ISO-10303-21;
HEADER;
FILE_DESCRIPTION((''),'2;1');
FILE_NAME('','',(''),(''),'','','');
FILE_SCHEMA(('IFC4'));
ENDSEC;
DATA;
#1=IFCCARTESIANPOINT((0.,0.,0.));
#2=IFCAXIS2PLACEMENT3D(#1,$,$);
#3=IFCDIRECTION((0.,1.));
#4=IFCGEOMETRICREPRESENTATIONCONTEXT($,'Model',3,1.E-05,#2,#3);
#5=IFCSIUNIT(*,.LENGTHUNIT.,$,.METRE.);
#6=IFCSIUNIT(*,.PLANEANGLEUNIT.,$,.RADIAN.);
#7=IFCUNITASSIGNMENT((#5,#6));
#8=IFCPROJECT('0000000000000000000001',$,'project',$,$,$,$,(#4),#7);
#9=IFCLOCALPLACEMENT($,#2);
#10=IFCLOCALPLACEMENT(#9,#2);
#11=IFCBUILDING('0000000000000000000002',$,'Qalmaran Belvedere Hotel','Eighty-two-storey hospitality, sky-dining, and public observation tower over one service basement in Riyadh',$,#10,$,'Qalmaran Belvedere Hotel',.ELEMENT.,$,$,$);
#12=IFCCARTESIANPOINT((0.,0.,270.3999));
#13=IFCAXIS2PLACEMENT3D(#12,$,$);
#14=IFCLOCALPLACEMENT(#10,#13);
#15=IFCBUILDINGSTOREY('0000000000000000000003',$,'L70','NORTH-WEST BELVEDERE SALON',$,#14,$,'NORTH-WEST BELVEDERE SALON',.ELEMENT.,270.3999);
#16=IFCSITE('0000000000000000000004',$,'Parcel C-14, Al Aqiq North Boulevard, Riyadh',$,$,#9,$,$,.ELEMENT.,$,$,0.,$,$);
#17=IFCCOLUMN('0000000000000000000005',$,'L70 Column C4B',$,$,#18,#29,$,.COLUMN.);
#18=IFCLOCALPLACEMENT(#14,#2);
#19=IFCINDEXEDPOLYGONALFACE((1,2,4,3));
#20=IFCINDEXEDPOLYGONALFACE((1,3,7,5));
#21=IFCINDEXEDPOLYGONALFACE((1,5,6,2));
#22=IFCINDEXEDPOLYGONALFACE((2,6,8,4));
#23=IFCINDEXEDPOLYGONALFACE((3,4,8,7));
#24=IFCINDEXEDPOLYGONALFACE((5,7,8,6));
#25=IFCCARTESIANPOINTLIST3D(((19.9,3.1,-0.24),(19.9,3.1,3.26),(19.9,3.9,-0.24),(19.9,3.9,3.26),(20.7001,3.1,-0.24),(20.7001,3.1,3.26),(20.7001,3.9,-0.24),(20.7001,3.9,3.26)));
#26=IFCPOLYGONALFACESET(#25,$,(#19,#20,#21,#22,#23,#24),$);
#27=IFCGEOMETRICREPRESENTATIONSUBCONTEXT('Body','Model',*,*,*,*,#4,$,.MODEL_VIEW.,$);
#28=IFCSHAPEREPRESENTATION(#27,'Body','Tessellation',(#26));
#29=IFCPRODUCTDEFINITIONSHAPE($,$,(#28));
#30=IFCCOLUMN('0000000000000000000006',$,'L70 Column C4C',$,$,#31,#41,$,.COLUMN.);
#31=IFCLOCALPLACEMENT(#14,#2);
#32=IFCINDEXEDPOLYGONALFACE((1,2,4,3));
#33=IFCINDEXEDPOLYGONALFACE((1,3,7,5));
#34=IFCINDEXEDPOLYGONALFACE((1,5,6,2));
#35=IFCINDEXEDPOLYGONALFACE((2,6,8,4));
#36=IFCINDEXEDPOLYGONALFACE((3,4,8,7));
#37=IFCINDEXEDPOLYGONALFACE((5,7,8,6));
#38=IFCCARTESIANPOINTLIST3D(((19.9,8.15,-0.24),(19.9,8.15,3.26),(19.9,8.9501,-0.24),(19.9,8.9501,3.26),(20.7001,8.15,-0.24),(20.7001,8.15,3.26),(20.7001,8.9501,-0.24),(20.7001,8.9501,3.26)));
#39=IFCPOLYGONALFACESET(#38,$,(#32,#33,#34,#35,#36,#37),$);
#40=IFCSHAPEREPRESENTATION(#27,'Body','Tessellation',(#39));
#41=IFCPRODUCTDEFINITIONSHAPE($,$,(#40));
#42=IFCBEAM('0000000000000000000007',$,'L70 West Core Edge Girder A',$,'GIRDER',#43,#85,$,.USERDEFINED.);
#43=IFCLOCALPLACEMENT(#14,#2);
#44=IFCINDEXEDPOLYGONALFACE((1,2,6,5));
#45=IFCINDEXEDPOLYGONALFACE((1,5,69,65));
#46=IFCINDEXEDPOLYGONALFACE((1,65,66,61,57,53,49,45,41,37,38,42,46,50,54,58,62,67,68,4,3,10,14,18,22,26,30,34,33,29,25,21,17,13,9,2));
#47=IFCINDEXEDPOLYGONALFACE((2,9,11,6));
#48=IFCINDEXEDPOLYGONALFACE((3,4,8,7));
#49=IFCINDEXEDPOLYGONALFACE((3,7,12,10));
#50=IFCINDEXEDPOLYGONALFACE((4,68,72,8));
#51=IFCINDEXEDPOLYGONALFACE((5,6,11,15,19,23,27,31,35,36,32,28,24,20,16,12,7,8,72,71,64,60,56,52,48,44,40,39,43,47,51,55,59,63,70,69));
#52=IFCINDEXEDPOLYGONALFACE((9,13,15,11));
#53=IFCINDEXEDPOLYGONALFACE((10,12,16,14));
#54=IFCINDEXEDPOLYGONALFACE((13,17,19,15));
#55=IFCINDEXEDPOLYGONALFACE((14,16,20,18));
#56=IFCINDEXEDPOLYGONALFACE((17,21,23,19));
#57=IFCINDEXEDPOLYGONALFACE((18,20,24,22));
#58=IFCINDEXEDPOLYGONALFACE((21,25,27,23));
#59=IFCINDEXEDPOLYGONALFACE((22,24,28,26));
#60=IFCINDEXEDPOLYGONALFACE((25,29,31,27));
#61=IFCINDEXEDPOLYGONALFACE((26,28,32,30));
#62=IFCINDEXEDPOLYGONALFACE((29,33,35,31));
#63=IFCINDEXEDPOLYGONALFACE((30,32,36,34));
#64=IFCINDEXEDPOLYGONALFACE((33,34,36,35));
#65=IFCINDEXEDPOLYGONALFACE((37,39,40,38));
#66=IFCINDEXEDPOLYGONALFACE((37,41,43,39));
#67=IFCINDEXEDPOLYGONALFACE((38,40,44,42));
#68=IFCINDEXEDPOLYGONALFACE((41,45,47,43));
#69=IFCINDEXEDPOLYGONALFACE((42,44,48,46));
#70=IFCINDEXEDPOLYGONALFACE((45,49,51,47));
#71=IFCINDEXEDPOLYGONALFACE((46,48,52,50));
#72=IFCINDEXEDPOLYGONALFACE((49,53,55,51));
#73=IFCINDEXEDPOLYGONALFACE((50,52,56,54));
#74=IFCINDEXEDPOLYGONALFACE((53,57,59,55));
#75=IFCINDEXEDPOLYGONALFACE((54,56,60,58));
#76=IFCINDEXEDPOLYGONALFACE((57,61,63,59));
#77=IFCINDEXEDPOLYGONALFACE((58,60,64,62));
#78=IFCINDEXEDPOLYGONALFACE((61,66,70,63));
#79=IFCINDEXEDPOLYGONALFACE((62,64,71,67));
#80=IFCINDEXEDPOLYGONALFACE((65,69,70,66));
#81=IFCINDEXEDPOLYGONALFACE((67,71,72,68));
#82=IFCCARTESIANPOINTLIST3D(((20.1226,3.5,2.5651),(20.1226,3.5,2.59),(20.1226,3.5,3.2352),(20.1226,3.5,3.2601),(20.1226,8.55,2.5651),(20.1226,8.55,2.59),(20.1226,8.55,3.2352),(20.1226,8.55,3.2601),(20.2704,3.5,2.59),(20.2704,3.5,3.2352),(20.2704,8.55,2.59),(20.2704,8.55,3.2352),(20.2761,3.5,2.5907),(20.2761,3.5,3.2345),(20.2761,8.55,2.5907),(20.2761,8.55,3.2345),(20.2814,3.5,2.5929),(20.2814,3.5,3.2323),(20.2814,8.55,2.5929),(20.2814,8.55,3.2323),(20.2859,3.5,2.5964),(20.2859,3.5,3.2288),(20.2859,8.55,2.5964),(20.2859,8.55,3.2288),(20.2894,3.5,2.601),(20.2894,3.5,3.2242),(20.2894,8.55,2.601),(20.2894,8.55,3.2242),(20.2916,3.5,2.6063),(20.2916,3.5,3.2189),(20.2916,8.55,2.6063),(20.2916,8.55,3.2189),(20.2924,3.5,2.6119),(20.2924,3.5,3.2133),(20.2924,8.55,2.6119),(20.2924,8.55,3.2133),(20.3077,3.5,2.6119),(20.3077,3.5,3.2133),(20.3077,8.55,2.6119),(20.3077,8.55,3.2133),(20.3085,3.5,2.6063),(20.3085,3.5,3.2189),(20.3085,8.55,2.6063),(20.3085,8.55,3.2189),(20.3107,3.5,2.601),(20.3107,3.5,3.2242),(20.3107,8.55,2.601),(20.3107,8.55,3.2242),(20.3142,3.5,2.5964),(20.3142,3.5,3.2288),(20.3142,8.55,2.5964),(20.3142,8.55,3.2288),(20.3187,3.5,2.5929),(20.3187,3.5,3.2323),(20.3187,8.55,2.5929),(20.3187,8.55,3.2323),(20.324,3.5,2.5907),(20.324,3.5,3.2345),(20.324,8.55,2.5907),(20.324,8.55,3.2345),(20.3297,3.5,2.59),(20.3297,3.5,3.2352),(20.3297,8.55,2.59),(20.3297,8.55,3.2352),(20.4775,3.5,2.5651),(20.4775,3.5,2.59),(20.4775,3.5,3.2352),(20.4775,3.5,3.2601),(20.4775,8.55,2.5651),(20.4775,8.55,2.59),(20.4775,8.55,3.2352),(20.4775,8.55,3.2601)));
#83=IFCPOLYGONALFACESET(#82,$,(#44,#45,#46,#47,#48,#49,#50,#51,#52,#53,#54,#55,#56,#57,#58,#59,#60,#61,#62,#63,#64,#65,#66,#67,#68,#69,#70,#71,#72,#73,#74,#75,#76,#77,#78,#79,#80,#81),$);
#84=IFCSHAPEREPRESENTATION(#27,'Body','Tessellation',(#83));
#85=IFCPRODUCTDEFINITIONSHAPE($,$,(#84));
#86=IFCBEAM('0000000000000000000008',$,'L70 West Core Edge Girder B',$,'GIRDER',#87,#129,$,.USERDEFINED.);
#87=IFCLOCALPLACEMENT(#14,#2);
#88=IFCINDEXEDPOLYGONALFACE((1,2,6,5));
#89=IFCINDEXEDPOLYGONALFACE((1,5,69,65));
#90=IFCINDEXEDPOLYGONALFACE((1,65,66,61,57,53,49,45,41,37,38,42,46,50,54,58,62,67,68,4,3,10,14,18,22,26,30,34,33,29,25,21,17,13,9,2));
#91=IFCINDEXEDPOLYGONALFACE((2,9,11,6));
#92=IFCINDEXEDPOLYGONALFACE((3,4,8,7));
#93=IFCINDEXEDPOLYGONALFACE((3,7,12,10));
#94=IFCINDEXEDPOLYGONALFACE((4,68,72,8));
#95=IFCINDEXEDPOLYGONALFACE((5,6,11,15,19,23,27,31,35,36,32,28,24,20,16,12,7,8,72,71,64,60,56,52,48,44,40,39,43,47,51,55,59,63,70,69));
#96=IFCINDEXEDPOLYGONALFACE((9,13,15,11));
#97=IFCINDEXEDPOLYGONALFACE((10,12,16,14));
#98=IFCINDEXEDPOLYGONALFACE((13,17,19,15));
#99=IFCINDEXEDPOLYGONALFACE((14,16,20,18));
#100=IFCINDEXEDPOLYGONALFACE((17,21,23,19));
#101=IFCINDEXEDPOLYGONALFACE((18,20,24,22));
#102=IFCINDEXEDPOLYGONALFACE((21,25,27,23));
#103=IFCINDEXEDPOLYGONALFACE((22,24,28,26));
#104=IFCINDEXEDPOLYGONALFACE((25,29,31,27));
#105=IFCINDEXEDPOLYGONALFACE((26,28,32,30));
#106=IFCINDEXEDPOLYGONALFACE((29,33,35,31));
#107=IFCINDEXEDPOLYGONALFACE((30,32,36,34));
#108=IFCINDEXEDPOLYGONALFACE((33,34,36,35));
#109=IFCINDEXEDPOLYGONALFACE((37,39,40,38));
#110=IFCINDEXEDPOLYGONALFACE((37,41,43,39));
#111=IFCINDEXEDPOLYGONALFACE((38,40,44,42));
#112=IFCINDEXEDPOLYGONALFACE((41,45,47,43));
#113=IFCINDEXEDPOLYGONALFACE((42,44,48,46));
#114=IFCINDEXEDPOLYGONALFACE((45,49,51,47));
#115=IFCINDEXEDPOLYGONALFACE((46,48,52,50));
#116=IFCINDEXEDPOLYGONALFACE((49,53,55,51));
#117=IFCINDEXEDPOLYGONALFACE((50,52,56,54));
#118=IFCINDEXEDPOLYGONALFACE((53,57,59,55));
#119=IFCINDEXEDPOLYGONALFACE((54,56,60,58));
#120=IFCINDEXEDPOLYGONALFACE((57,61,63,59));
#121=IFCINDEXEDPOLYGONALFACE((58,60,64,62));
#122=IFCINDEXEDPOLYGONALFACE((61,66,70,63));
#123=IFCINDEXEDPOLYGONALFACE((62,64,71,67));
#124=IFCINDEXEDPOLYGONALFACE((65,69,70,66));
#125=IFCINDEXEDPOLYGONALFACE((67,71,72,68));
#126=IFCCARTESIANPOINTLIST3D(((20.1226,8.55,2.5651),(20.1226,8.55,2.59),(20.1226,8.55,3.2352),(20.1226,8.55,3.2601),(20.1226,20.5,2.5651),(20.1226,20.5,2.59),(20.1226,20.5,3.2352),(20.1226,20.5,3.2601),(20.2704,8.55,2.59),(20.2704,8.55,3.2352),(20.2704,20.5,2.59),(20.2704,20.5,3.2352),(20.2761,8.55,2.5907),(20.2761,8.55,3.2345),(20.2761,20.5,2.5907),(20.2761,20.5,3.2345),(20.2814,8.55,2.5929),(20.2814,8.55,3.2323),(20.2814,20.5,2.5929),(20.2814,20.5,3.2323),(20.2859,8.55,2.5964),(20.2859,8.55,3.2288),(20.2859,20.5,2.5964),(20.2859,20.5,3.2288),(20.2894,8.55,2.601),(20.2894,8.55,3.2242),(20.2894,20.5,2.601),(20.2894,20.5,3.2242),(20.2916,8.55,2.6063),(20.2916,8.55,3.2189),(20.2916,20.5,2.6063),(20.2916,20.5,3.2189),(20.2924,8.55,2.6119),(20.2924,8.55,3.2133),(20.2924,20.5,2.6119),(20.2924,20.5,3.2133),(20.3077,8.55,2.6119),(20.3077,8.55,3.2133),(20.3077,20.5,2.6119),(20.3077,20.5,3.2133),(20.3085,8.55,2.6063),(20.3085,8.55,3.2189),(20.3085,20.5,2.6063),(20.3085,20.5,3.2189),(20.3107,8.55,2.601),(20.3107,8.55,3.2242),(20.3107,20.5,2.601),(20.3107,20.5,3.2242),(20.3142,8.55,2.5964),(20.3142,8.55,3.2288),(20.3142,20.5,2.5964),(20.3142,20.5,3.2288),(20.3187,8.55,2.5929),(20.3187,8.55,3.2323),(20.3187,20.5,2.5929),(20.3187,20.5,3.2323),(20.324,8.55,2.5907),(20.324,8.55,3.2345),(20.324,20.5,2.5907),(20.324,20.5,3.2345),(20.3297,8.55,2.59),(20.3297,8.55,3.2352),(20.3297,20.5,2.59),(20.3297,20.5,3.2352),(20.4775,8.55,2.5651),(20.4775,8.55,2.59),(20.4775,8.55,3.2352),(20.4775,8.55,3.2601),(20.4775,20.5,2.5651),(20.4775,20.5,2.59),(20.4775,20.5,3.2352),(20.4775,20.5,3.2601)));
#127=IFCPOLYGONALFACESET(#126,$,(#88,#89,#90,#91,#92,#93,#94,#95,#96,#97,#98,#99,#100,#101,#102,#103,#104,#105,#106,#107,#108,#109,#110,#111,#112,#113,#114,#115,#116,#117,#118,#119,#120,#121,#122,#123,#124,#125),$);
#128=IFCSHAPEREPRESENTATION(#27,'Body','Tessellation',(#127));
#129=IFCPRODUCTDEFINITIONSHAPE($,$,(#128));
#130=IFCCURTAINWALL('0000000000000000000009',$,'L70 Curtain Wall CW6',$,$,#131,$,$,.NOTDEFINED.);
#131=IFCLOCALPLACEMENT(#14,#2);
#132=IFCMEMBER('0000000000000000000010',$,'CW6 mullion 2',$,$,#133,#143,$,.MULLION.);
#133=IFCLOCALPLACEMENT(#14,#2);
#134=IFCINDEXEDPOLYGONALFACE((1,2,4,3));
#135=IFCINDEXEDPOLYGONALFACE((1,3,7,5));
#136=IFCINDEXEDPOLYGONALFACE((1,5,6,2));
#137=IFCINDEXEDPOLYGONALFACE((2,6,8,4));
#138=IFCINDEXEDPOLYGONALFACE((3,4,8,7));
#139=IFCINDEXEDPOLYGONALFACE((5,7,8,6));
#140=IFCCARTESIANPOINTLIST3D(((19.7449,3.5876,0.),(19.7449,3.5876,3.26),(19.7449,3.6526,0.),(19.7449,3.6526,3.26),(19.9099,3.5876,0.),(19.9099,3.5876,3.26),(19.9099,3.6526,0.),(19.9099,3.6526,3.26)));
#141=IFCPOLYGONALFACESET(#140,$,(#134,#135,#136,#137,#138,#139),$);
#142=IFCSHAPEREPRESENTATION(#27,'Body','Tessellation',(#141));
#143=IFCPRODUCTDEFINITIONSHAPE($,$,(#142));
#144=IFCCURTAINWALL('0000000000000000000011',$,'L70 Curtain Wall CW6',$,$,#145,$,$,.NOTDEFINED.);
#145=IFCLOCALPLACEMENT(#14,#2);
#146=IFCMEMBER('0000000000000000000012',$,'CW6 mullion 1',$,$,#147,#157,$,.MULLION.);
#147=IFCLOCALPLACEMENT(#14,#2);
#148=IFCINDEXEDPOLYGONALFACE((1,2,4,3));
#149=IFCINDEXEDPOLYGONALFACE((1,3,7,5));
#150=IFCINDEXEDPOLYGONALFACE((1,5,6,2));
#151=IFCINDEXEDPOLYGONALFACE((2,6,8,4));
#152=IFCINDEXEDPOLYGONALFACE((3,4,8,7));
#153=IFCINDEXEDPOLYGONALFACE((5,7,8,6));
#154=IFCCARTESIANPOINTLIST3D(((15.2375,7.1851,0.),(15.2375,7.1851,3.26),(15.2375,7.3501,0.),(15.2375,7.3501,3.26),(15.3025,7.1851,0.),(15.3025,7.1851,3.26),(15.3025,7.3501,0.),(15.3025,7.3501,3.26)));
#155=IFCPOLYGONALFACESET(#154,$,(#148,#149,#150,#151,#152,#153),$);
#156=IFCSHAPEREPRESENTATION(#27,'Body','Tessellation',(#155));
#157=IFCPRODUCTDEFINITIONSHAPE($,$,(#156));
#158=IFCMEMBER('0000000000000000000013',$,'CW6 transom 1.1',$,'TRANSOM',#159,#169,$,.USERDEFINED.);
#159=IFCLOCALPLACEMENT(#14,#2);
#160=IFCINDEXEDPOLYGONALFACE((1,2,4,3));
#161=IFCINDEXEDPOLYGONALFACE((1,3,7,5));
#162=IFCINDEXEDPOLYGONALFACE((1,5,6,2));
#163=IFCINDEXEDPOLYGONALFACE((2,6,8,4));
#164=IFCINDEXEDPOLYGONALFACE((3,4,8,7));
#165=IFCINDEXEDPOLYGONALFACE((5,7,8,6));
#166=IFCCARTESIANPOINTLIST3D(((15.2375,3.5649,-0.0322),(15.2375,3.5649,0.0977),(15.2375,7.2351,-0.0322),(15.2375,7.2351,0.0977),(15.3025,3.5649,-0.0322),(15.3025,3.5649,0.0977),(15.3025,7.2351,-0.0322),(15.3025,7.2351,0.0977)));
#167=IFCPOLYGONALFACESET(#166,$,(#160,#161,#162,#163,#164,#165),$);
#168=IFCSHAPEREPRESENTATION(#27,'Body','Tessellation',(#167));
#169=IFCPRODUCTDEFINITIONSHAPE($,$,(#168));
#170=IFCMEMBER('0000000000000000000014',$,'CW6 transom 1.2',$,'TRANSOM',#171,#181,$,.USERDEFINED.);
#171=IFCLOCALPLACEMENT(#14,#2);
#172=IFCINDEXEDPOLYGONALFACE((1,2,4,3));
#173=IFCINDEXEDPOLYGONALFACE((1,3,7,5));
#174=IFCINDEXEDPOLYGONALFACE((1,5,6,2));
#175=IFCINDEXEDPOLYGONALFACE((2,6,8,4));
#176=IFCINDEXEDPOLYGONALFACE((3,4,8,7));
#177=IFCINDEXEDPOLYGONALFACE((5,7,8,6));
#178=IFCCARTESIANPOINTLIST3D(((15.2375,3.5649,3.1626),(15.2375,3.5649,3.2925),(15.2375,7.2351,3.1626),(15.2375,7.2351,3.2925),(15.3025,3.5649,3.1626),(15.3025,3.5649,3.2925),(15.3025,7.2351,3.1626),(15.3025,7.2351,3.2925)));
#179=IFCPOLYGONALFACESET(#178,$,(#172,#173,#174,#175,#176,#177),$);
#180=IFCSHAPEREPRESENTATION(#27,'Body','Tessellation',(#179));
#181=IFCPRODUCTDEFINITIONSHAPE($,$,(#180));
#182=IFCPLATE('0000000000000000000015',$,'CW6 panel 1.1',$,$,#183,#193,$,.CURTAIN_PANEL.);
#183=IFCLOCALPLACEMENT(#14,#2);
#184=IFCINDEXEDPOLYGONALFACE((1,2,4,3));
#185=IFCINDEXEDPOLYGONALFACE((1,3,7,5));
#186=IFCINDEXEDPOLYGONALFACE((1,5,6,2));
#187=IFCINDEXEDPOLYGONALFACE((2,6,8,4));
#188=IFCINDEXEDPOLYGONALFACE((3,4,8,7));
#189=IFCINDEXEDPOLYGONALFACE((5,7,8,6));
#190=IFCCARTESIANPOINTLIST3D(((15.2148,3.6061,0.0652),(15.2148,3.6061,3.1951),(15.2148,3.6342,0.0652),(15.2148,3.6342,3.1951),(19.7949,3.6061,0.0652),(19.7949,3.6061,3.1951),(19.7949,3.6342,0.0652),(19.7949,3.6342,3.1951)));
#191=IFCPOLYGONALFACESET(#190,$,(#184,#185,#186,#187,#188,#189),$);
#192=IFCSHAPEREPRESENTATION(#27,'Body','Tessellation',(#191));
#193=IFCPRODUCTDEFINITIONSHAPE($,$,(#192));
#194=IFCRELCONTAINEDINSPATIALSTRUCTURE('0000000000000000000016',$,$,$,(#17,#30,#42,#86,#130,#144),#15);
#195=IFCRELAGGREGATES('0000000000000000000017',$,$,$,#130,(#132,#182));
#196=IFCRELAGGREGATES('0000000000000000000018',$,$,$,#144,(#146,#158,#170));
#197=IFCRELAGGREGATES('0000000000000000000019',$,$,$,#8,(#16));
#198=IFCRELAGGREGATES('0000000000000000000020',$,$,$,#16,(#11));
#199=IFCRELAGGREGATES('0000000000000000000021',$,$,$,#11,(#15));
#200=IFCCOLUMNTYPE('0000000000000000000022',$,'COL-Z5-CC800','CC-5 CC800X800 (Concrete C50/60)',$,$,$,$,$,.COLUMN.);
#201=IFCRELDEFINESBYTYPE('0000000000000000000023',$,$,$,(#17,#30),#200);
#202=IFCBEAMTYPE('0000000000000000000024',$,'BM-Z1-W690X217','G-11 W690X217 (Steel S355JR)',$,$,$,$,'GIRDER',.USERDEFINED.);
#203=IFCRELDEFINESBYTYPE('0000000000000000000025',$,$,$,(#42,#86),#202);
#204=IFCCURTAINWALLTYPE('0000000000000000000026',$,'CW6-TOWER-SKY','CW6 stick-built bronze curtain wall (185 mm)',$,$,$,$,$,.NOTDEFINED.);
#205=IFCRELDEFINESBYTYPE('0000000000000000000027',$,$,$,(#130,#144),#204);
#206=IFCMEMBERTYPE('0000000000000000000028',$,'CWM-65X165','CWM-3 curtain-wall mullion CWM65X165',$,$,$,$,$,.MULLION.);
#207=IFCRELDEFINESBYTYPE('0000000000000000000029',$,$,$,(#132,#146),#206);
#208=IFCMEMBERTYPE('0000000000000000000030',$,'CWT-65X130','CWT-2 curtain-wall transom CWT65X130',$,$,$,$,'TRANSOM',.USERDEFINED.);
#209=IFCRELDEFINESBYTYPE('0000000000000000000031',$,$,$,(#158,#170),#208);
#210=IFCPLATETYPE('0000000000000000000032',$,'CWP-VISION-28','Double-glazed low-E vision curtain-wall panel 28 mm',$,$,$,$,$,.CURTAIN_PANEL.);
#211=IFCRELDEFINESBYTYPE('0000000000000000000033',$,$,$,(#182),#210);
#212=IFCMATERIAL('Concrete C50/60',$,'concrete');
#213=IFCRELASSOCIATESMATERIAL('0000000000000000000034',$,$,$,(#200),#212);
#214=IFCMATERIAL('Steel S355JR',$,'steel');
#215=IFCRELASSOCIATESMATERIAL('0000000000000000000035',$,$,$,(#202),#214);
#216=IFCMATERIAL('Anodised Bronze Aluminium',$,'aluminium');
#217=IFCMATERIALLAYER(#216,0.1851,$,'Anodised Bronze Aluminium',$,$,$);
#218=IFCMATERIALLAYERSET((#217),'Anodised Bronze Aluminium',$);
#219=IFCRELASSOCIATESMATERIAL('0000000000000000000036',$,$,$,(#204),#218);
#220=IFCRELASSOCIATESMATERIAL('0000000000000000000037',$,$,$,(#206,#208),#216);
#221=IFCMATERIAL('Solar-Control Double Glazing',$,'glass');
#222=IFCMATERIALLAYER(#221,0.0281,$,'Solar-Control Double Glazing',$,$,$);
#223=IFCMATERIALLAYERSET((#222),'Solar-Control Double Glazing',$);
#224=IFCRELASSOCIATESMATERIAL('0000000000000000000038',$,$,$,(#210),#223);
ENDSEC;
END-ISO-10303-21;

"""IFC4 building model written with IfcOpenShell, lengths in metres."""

from ifc_helpers import new_model, si_unit, direction, frame, origin, origin_2d, place, context, subcontext, project, spatial, rectangle, i_section, extrude, material, layer, layer_set, material_profile, profile_set, type_object, element, aggregate, save


model = new_model("IFC4")

# Units and contexts
model_context = context("Model", 3, precision=1e-05, world=origin(), true_north=direction((0.0, 1.0)))
body_context = subcontext(model_context, "Body", "Model", "MODEL_VIEW")
ifc_project = project(units=[si_unit("LENGTHUNIT", "METRE"), si_unit("PLANEANGLEUNIT", "RADIAN")], contexts=[model_context])

# Site, building, storey
site_placement = place(None, origin())
site = spatial("IfcSite", under=ifc_project, at=site_placement, Name="Parcel C-14, Al Aqiq North Boulevard, Riyadh", CompositionType="ELEMENT", RefElevation=0.0)
building_placement = place(site_placement, origin())
building = spatial("IfcBuilding", under=site, at=building_placement, Name="Qalmaran Belvedere Hotel", Description="Eighty-two-storey hospitality, sky-dining, and public observation tower over one service basement in Riyadh", LongName="Qalmaran Belvedere Hotel", CompositionType="ELEMENT")
storey_placement = place(building_placement, frame((0.0, 0.0, 270.3999)))
storey = spatial("IfcBuildingStorey", under=building, at=storey_placement, Name="L70", Description="NORTH-WEST BELVEDERE SALON", LongName="NORTH-WEST BELVEDERE SALON", CompositionType="ELEMENT", Elevation=270.3999)

# Columns
ifc_material_1 = material(Name="Concrete C50/60", Category="concrete")
ifc_material_profile_1 = material_profile(ifc_material_1, rectangle(XDim=0.8, YDim=0.8, at=origin_2d()), Name="CC800X800")
ifc_profile_set_1 = profile_set([ifc_material_profile_1], Name="Concrete C50/60")
column_type = type_object("IfcColumnType", Name="COL-Z5-CC800", Description="CC-5 CC800X800 (Concrete C50/60)", PredefinedType="COLUMN", material=ifc_profile_set_1)
for number, where, z_axis, x_axis, name in (
    (1, (20.3, 3.5, -0.24), (0.0, 0.0, 1.0), (1.0, 0.0, 0.0), "L70 Column C4B"),
    (2, (20.3, 8.55, -0.24), (0.0, 0.0, 1.0), (1.0, 0.0, 0.0), "L70 Column C4C"),
):
    element("IfcColumn", number, at=place(storey_placement, frame(where, z_axis=z_axis, x_axis=x_axis)), inside=storey, type_object=column_type, Name=name, PredefinedType="COLUMN", context=body_context, shape_type="SweptSolid", body=[
        extrude(rectangle(XDim=0.8, YDim=0.8, at=origin_2d()), origin(), (0.0, 0.0, 1.0), 3.5),
    ])

# Beams
ifc_material_2 = material(Name="Steel S355JR", Category="steel")
ifc_material_profile_2 = material_profile(ifc_material_2, i_section(OverallWidth=0.355, OverallDepth=0.6951, WebThickness=0.0154, FlangeThickness=0.0249, FilletRadius=0.022, at=origin_2d()), Name="W690X217")
ifc_profile_set_2 = profile_set([ifc_material_profile_2], Name="Steel S355JR")
beam_type = type_object("IfcBeamType", Name="BM-Z1-W690X217", Description="G-11 W690X217 (Steel S355JR)", ElementType="GIRDER", PredefinedType="USERDEFINED", material=ifc_profile_set_2)
beam_1_placement = place(storey_placement, frame((20.3, 3.5, 2.9126), z_axis=(0.0, 1.0, 0.0), x_axis=(-1.0, 0.0, 0.0)))
element("IfcBeam", 3, at=beam_1_placement, inside=storey, type_object=beam_type, Name="L70 West Core Edge Girder A", ObjectType="GIRDER", PredefinedType="USERDEFINED", context=body_context, shape_type="SweptSolid", body=[
    extrude(i_section(OverallWidth=0.355, OverallDepth=0.6951, WebThickness=0.0154, FlangeThickness=0.0249, FilletRadius=0.022, at=origin_2d()), origin(), (0.0, 0.0, 1.0), 5.05),
])
beam_2_placement = place(storey_placement, frame((20.3, 8.55, 2.9126), z_axis=(0.0, 1.0, 0.0), x_axis=(-1.0, 0.0, 0.0)))
element("IfcBeam", 4, at=beam_2_placement, inside=storey, type_object=beam_type, Name="L70 West Core Edge Girder B", ObjectType="GIRDER", PredefinedType="USERDEFINED", context=body_context, shape_type="SweptSolid", body=[
    extrude(i_section(OverallWidth=0.355, OverallDepth=0.6951, WebThickness=0.0154, FlangeThickness=0.0249, FilletRadius=0.022, at=origin_2d()), origin(), (0.0, 0.0, 1.0), 11.95),
])

# Curtain wall, member
ifc_material_3 = material(Name="Anodised Bronze Aluminium", Category="aluminium")
ifc_layer_1 = layer(ifc_material_3, 0.1851, Name="Anodised Bronze Aluminium")
ifc_layer_set_1 = layer_set([ifc_layer_1], Name="Anodised Bronze Aluminium")
curtain_wall_type = type_object("IfcCurtainWallType", Name="CW6-TOWER-SKY", Description="CW6 stick-built bronze curtain wall (185 mm)", PredefinedType="NOTDEFINED", material=ifc_layer_set_1)
curtain_wall_1_placement = place(storey_placement, origin())
curtain_wall_1 = element("IfcCurtainWall", 5, at=curtain_wall_1_placement, inside=storey, type_object=curtain_wall_type, Name="L70 Curtain Wall CW6", PredefinedType="NOTDEFINED")
ifc_material_profile_3 = material_profile(ifc_material_3, rectangle(XDim=0.0649, YDim=0.165, at=origin_2d()), Name="CWM65X165")
ifc_profile_set_3 = profile_set([ifc_material_profile_3], Name="Anodised Bronze Aluminium")
member_type_1 = type_object("IfcMemberType", Name="CWM-65X165", Description="CWM-3 curtain-wall mullion CWM65X165", PredefinedType="MULLION", material=ifc_profile_set_3)
member_1_placement = place(storey_placement, frame((19.8274, 3.6201, 0.0), z_axis=(0.0, 0.0, 1.0), x_axis=(0.0, 1.0, 0.0)))
member_1 = element("IfcMember", 6, at=member_1_placement, type_object=member_type_1, Name="CW6 mullion 2", PredefinedType="MULLION", context=body_context, shape_type="SweptSolid", body=[
    extrude(rectangle(XDim=0.0649, YDim=0.165, at=origin_2d()), origin(), (0.0, 0.0, 1.0), 3.26),
])

# Curtain wall, members
curtain_wall_2_placement = place(storey_placement, origin())
curtain_wall_2 = element("IfcCurtainWall", 7, at=curtain_wall_2_placement, inside=storey, type_object=curtain_wall_type, Name="L70 Curtain Wall CW6", PredefinedType="NOTDEFINED")
member_2_placement = place(storey_placement, frame((15.27, 7.2676, 0.0), z_axis=(0.0, 0.0, 1.0), x_axis=(1.0, 0.0, 0.0)))
member_2 = element("IfcMember", 8, at=member_2_placement, type_object=member_type_1, Name="CW6 mullion 1", PredefinedType="MULLION", context=body_context, shape_type="SweptSolid", body=[
    extrude(rectangle(XDim=0.0649, YDim=0.165, at=origin_2d()), origin(), (0.0, 0.0, 1.0), 3.26),
])
ifc_material_profile_4 = material_profile(ifc_material_3, rectangle(XDim=0.0649, YDim=0.1299, at=origin_2d()), Name="CWT65X130")
ifc_profile_set_4 = profile_set([ifc_material_profile_4], Name="Anodised Bronze Aluminium")
member_type_2 = type_object("IfcMemberType", Name="CWT-65X130", Description="CWT-2 curtain-wall transom CWT65X130", ElementType="TRANSOM", PredefinedType="USERDEFINED", material=ifc_profile_set_4)
member_3_placement = place(storey_placement, frame((15.27, 7.2351, 0.0327), z_axis=(0.0, -1.0, 0.0), x_axis=(1.0, 0.0, 0.0)))
member_3 = element("IfcMember", 9, at=member_3_placement, type_object=member_type_2, Name="CW6 transom 1.1", ObjectType="TRANSOM", PredefinedType="USERDEFINED", context=body_context, shape_type="SweptSolid", body=[
    extrude(rectangle(XDim=0.0649, YDim=0.1299, at=origin_2d()), origin(), (0.0, 0.0, 1.0), 3.6702),
])
member_4_placement = place(storey_placement, frame((15.27, 7.2351, 3.2275), z_axis=(0.0, -1.0, 0.0), x_axis=(1.0, 0.0, 0.0)))
member_4 = element("IfcMember", 10, at=member_4_placement, type_object=member_type_2, Name="CW6 transom 1.2", ObjectType="TRANSOM", PredefinedType="USERDEFINED", context=body_context, shape_type="SweptSolid", body=[
    extrude(rectangle(XDim=0.0649, YDim=0.1299, at=origin_2d()), origin(), (0.0, 0.0, 1.0), 3.6702),
])

# Plate
ifc_material_4 = material(Name="Solar-Control Double Glazing", Category="glass")
ifc_layer_2 = layer(ifc_material_4, 0.0281, Name="Solar-Control Double Glazing")
ifc_layer_set_2 = layer_set([ifc_layer_2], Name="Solar-Control Double Glazing")
plate_type = type_object("IfcPlateType", Name="CWP-VISION-28", Description="Double-glazed low-E vision curtain-wall panel 28 mm", PredefinedType="CURTAIN_PANEL", material=ifc_layer_set_2)
plate_1_placement = place(storey_placement, frame((17.5049, 3.6201, 0.0652), z_axis=(0.0, 0.0, 1.0), x_axis=(1.0, 0.0, 0.0)))
plate_1 = element("IfcPlate", 11, at=plate_1_placement, type_object=plate_type, Name="CW6 panel 1.1", PredefinedType="CURTAIN_PANEL", context=body_context, shape_type="SweptSolid", body=[
    extrude(rectangle(XDim=4.5801, YDim=0.0281, at=origin_2d()), origin(), (0.0, 0.0, 1.0), 3.1299),
])
aggregate(curtain_wall_1, [member_1, plate_1])
aggregate(curtain_wall_2, [member_2, member_3, member_4])

save(model, "model.ifc")
